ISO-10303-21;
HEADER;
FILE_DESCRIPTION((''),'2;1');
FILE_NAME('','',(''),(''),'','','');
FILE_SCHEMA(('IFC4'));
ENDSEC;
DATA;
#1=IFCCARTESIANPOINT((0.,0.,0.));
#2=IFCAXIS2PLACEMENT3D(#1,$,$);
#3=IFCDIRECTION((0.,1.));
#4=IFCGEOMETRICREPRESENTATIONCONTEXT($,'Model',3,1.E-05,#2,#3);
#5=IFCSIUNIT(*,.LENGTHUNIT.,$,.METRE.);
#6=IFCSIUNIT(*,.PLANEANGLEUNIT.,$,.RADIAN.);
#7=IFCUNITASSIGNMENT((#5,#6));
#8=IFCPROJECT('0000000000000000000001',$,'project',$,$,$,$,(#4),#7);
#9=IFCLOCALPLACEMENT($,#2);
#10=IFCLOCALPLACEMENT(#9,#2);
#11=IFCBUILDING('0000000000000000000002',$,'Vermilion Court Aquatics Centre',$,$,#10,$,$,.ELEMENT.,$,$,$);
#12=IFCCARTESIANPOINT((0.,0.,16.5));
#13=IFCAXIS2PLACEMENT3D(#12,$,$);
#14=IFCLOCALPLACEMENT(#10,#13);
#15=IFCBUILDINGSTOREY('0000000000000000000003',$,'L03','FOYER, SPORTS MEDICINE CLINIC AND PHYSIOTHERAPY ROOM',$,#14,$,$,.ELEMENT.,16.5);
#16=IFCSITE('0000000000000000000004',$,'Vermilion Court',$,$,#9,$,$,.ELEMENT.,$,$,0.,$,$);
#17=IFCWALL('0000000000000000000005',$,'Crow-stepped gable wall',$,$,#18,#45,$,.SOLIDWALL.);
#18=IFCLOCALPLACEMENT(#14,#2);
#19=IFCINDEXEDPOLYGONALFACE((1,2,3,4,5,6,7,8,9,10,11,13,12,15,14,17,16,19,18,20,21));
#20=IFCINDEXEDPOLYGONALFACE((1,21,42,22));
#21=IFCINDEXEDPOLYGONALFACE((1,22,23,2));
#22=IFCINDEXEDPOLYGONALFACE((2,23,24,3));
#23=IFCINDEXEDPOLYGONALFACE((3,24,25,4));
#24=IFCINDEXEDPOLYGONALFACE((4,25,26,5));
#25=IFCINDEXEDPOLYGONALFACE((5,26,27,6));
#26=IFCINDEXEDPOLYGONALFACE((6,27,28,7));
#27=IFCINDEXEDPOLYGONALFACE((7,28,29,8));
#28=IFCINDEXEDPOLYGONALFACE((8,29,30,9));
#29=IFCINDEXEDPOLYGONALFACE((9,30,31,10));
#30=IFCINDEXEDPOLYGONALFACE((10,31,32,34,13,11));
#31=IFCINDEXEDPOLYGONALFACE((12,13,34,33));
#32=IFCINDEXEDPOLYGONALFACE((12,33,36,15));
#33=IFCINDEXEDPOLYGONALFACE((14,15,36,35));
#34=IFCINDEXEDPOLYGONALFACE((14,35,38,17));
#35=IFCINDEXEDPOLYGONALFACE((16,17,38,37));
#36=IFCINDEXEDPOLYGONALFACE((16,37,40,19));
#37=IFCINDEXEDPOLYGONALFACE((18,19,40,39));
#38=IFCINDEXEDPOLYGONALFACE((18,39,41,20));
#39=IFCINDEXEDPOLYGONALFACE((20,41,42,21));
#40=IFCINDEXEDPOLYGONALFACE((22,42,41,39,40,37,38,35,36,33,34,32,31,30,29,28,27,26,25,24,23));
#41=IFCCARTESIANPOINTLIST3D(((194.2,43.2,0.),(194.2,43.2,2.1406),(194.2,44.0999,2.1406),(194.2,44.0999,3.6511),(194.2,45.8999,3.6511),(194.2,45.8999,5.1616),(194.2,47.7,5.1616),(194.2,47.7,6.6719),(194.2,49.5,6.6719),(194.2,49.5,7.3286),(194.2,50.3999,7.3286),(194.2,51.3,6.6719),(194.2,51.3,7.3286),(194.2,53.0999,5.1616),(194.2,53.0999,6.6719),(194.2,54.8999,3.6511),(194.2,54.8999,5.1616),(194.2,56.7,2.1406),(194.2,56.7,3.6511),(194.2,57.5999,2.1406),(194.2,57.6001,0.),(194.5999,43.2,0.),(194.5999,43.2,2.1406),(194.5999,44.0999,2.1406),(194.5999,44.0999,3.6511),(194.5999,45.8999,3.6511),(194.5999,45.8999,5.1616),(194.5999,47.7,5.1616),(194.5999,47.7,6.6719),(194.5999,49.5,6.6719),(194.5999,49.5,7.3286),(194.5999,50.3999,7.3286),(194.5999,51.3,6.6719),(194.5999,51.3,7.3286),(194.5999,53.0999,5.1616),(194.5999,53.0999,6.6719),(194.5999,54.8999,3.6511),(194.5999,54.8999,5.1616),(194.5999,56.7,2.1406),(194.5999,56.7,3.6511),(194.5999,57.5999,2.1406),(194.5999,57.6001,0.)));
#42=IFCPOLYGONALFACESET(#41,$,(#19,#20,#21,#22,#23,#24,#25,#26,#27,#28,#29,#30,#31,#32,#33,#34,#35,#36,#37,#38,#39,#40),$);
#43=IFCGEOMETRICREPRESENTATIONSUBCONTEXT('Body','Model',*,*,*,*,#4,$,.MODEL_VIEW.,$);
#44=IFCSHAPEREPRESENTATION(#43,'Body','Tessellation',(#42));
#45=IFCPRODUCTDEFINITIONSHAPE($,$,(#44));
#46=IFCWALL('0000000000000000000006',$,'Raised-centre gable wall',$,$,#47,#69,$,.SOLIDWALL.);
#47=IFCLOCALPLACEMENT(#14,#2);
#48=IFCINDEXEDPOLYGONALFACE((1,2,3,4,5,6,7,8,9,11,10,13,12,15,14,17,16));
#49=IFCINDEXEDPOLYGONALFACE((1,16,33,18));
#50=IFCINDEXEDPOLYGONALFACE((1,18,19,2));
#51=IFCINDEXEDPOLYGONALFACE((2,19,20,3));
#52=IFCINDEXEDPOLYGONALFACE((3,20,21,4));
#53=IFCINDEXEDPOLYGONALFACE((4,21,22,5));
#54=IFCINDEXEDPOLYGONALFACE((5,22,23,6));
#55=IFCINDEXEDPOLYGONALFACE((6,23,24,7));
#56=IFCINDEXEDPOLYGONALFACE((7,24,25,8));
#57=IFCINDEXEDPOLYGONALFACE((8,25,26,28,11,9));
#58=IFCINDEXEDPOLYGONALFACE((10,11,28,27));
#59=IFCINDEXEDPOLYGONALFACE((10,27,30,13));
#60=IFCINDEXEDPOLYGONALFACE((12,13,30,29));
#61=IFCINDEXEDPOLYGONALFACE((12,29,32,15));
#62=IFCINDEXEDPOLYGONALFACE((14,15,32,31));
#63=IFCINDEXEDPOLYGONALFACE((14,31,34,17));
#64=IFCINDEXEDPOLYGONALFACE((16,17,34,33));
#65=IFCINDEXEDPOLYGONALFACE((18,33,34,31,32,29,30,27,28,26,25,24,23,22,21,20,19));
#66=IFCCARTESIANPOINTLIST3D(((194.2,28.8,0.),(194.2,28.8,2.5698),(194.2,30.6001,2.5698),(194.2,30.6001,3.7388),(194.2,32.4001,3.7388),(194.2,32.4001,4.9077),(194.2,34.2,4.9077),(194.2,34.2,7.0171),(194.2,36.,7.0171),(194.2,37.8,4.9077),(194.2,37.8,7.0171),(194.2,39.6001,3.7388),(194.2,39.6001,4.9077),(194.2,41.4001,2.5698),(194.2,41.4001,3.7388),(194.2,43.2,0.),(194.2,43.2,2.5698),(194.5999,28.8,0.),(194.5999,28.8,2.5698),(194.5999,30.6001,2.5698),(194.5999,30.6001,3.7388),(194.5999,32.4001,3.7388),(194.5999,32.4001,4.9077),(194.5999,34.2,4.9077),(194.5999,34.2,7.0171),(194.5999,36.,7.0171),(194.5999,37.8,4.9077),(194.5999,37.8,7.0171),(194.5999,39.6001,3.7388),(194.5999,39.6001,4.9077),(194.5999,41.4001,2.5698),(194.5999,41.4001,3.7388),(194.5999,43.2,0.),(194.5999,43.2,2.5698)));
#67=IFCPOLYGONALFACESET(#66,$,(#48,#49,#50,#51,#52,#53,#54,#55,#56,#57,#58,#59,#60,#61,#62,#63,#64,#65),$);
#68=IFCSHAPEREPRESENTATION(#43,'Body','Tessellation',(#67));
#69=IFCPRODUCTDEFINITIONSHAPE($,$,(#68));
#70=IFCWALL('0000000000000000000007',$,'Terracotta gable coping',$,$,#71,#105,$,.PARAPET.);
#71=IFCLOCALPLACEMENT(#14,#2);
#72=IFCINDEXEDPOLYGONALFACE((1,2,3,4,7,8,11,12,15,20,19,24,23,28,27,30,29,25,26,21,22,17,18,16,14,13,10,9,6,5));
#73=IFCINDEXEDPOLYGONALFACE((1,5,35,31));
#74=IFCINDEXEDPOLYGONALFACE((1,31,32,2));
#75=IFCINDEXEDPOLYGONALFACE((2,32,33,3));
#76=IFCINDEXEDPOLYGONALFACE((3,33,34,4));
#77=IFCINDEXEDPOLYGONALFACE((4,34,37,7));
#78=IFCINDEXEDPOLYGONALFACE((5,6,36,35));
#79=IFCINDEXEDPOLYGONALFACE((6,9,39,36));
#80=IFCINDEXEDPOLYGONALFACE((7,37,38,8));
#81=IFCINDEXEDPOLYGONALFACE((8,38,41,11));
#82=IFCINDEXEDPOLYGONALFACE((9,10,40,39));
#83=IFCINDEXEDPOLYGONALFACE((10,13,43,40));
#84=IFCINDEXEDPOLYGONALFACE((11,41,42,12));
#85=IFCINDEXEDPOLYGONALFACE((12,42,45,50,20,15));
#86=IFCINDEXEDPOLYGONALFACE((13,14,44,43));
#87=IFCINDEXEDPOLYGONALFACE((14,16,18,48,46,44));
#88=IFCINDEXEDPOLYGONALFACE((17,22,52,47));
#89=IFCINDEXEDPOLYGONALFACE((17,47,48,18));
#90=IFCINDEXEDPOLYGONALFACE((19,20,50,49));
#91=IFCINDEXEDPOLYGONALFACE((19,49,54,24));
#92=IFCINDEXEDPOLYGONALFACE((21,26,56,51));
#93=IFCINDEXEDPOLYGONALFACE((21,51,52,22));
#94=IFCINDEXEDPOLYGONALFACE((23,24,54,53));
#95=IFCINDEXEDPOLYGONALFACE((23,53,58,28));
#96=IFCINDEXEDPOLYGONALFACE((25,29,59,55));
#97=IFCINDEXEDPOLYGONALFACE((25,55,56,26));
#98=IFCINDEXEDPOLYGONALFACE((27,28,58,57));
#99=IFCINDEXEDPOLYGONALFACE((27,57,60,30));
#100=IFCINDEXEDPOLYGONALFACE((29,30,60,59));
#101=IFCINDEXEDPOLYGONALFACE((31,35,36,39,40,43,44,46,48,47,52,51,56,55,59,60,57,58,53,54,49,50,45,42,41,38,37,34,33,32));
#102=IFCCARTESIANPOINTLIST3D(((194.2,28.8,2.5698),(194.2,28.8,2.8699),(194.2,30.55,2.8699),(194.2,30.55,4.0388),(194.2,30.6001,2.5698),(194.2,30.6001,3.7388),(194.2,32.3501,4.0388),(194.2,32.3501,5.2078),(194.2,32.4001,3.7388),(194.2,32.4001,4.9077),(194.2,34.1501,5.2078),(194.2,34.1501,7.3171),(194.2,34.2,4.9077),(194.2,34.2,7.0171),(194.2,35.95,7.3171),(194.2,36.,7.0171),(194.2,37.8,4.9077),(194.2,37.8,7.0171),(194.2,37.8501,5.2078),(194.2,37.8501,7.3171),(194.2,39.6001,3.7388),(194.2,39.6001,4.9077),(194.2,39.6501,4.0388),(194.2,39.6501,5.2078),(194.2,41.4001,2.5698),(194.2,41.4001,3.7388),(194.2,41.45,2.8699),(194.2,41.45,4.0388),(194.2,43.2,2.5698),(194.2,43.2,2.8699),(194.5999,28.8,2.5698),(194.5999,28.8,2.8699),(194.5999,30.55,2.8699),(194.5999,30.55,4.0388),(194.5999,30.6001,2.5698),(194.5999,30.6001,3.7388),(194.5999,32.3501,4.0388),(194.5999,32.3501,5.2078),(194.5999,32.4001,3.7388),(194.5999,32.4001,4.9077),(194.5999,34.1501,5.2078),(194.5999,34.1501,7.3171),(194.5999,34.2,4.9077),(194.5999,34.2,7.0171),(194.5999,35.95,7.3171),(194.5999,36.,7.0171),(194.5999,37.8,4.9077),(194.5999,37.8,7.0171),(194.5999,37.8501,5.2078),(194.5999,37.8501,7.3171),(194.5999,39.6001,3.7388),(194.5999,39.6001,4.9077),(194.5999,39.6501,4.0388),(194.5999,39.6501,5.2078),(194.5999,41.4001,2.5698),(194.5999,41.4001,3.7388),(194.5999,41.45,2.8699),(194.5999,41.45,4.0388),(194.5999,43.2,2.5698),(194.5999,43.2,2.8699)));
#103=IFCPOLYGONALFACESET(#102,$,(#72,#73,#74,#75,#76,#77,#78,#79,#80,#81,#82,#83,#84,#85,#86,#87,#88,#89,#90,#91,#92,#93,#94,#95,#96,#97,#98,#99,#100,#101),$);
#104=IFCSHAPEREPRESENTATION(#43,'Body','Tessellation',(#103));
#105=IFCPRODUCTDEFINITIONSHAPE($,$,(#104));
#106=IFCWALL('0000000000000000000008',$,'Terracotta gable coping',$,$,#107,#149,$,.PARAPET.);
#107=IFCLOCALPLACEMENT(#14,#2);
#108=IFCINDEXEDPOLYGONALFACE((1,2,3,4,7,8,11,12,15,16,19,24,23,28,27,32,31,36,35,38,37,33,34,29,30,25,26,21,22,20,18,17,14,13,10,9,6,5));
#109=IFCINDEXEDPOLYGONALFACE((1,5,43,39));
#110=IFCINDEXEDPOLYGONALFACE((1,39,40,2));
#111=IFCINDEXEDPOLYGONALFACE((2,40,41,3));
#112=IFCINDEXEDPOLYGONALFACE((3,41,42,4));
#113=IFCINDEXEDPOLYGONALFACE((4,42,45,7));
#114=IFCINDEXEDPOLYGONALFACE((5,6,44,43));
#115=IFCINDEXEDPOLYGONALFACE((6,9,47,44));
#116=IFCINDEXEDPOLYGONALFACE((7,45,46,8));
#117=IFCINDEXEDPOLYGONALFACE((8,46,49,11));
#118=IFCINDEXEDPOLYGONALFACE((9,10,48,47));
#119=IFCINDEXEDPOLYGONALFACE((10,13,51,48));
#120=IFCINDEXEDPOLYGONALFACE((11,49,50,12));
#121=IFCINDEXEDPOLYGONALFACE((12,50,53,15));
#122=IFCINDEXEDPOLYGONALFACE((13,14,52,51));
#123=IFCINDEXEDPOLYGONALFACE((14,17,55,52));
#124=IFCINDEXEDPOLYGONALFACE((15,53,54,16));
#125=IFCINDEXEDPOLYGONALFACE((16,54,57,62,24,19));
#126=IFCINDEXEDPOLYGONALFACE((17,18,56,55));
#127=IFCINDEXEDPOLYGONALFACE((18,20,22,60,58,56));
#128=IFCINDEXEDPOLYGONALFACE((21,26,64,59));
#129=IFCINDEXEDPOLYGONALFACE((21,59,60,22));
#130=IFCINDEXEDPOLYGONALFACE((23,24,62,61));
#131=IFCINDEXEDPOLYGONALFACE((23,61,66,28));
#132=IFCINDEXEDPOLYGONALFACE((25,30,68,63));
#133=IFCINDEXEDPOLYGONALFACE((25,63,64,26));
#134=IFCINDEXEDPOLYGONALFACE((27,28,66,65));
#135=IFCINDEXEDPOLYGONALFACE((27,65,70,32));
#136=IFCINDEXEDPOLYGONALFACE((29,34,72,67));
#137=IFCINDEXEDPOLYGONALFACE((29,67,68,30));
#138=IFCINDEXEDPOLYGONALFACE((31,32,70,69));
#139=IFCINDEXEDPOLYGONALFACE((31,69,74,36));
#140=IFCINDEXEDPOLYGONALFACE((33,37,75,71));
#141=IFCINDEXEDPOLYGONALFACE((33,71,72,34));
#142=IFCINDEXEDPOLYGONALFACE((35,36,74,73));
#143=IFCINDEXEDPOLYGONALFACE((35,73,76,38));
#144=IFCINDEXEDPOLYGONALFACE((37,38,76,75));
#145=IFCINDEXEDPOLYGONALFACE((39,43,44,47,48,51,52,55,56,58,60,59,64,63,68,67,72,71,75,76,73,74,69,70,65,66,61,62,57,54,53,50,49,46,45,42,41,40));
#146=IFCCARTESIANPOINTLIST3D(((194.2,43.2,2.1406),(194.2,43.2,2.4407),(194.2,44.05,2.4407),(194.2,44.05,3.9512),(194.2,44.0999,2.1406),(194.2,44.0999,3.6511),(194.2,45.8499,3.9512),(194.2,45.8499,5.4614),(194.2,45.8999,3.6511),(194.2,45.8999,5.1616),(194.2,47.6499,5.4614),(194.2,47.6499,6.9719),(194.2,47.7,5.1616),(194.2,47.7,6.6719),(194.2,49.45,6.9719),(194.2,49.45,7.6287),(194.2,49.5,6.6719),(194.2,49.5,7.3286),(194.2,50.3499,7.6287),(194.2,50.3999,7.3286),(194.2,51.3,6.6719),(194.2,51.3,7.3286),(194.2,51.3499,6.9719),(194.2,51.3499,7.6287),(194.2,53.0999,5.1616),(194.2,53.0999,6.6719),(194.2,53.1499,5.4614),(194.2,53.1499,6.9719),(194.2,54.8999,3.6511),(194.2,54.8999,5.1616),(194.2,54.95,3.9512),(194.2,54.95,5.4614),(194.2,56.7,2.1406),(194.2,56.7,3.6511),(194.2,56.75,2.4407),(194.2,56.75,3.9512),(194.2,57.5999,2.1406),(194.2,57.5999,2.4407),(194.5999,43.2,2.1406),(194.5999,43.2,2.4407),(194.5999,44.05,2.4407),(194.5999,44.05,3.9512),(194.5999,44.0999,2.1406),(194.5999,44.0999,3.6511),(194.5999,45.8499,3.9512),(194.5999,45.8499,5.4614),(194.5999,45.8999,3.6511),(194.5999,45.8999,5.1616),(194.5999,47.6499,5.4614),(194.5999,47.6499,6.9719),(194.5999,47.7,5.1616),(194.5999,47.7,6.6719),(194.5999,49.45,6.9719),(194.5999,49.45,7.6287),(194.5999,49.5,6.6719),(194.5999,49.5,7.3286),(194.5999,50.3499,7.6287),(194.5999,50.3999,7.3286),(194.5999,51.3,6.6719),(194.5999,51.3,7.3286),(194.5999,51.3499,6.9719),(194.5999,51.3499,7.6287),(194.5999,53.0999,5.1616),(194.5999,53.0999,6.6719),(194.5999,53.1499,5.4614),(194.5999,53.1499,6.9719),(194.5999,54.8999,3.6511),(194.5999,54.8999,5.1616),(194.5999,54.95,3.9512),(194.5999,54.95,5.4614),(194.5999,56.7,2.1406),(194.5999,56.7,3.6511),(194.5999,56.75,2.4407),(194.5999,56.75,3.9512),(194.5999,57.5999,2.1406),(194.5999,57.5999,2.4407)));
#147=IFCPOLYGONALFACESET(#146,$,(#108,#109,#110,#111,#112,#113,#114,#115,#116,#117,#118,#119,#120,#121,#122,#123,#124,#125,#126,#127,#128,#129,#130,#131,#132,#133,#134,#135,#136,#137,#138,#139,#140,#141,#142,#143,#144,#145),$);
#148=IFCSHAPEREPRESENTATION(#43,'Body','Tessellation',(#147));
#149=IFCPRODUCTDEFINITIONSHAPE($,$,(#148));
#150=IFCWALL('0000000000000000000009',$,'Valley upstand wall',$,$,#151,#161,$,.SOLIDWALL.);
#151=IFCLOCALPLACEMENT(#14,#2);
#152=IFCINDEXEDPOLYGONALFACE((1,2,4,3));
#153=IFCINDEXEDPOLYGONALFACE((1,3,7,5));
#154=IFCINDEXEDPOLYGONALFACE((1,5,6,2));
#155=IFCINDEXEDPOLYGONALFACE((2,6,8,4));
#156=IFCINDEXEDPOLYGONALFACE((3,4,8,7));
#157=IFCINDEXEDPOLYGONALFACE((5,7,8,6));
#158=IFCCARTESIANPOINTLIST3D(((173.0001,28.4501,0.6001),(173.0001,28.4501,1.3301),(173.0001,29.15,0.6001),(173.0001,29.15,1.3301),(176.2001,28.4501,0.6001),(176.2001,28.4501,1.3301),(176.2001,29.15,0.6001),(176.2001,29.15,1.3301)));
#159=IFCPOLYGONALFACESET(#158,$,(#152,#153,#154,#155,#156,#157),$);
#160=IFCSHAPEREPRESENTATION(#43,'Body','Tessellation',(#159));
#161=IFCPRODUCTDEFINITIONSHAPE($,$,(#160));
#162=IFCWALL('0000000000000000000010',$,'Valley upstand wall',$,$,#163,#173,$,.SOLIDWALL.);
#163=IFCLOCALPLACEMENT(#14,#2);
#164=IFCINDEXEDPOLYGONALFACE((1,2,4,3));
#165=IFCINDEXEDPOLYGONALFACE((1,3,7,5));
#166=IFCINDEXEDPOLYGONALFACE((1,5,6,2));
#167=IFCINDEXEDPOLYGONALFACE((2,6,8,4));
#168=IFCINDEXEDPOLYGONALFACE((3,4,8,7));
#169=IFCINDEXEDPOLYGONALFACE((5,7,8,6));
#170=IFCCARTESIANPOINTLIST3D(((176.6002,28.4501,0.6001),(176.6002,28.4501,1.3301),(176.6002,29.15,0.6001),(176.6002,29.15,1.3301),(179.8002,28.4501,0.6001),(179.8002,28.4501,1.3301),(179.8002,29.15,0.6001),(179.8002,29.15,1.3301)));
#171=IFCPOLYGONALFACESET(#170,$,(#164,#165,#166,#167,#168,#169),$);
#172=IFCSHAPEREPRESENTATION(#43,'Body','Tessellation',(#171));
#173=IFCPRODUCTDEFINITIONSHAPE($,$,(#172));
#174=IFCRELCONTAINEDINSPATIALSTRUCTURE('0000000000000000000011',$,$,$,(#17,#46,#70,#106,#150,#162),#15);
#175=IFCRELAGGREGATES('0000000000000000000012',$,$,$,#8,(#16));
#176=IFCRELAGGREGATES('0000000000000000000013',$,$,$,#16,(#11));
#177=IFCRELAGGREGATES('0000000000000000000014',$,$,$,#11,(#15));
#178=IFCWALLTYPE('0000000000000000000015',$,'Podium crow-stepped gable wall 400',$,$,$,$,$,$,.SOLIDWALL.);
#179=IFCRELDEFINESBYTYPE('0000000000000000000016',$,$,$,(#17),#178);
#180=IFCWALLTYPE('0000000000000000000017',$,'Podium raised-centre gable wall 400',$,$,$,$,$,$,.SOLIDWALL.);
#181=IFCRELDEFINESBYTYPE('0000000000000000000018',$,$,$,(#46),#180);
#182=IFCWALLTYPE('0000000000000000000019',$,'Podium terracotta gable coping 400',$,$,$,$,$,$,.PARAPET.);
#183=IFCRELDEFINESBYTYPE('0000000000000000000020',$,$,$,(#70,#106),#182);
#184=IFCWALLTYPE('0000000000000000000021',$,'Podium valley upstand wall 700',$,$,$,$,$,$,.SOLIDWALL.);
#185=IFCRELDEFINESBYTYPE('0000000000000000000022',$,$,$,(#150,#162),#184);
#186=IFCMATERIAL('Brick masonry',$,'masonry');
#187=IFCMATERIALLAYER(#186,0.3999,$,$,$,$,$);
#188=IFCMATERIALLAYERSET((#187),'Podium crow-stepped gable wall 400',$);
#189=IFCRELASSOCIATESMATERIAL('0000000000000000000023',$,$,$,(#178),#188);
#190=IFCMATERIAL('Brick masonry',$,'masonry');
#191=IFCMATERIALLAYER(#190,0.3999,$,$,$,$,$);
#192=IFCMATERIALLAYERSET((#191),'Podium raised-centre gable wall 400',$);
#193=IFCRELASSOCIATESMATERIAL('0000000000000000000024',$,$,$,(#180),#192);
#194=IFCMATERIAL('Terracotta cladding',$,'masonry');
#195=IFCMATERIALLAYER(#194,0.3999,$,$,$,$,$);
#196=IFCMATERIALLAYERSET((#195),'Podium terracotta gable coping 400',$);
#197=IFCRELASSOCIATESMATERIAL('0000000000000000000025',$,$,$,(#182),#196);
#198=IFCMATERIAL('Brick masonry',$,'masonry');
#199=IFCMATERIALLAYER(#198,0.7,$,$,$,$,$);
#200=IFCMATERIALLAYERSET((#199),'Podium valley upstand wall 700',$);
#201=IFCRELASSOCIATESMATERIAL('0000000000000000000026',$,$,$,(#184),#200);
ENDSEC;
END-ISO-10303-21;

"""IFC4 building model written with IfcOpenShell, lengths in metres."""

from ifc_helpers import new_model, si_unit, direction, frame, frame_2d, origin, place, context, subcontext, project, spatial, polyline, rectangle, outline, extrude, material, layer, layer_set, type_object, element, save


model = new_model("IFC4")

# Units and contexts
model_context = context("Model", 3, precision=1e-05, world=origin(), true_north=direction((0.0, 1.0)))
body_context = subcontext(model_context, "Body", "Model", "MODEL_VIEW")
ifc_project = project(units=[si_unit("LENGTHUNIT", "METRE"), si_unit("PLANEANGLEUNIT", "RADIAN")], contexts=[model_context])

# Site, building, storey
site_placement = place(None, origin())
site = spatial("IfcSite", under=ifc_project, at=site_placement, Name="Vermilion Court", CompositionType="ELEMENT", RefElevation=0.0)
building_placement = place(site_placement, origin())
building = spatial("IfcBuilding", under=site, at=building_placement, Name="Vermilion Court Aquatics Centre", CompositionType="ELEMENT")
storey_placement = place(building_placement, frame((0.0, 0.0, 16.5)))
storey = spatial("IfcBuildingStorey", under=building, at=storey_placement, Name="L03", Description="FOYER, SPORTS MEDICINE CLINIC AND PHYSIOTHERAPY ROOM", CompositionType="ELEMENT", Elevation=16.5)

# Walls
ifc_material_1 = material(Name="Brick masonry", Category="masonry")
ifc_layer_1 = layer(ifc_material_1, 0.3999)
ifc_layer_set_1 = layer_set([ifc_layer_1], Name="Podium crow-stepped gable wall 400")
wall_type_1 = type_object("IfcWallType", Name="Podium crow-stepped gable wall 400", PredefinedType="SOLIDWALL", material=ifc_layer_set_1)
wall_1_placement = place(storey_placement, frame((194.3999, 43.2, 0.0), z_axis=(0.0, 0.0, 1.0), x_axis=(0.0, 1.0, 0.0)))
element("IfcWall", 1, at=wall_1_placement, inside=storey, type_object=wall_type_1, Name="Crow-stepped gable wall", PredefinedType="SOLIDWALL", context=body_context, shape_type="SweptSolid", body=[
    extrude(outline(polyline([(0.0, 0.0), (14.4001, 0.0), (14.3999, 2.1406), (13.5, 2.1406), (13.5, 3.6511), (11.7, 3.6511), (11.7, 5.1616), (9.8999, 5.1616), (9.8999, 6.6719), (8.1001, 6.6719), (8.1001, 7.3286), (7.2, 7.3286), (7.2, 7.3286), (6.3, 7.3286), (6.3, 6.6719), (4.5, 6.6719), (4.5, 5.1616), (2.7, 5.1616), (2.7, 3.6511), (0.8999, 3.6511), (0.8999, 2.1406), (0.0, 2.1406), (0.0, 0.0)])), frame((0.0, 0.2, 0.0), z_axis=(0.0, -1.0, 0.0), x_axis=(1.0, 0.0, 0.0)), (0.0, 0.0, 1.0), 0.3999),
])
ifc_material_2 = material(Name="Brick masonry", Category="masonry")
ifc_layer_2 = layer(ifc_material_2, 0.3999)
ifc_layer_set_2 = layer_set([ifc_layer_2], Name="Podium raised-centre gable wall 400")
wall_type_2 = type_object("IfcWallType", Name="Podium raised-centre gable wall 400", PredefinedType="SOLIDWALL", material=ifc_layer_set_2)
wall_2_placement = place(storey_placement, frame((194.3999, 28.8, 0.0), z_axis=(0.0, 0.0, 1.0), x_axis=(0.0, 1.0, 0.0)))
element("IfcWall", 2, at=wall_2_placement, inside=storey, type_object=wall_type_2, Name="Raised-centre gable wall", PredefinedType="SOLIDWALL", context=body_context, shape_type="SweptSolid", body=[
    extrude(outline(polyline([(0.0, 0.0), (14.3999, 0.0), (14.3999, 2.5698), (12.6001, 2.5698), (12.6001, 3.7388), (10.8, 3.7388), (10.8, 4.9077), (9.0, 4.9077), (9.0, 7.0171), (7.2, 7.0171), (7.2, 7.0171), (5.3999, 7.0171), (5.3999, 4.9077), (3.6001, 4.9077), (3.6001, 3.7388), (1.8, 3.7388), (1.8, 2.5698), (0.0, 2.5698), (0.0, 0.0)])), frame((0.0, 0.2, 0.0), z_axis=(0.0, -1.0, 0.0), x_axis=(1.0, 0.0, 0.0)), (0.0, 0.0, 1.0), 0.3999),
])
ifc_material_3 = material(Name="Terracotta cladding", Category="masonry")
ifc_layer_3 = layer(ifc_material_3, 0.3999)
ifc_layer_set_3 = layer_set([ifc_layer_3], Name="Podium terracotta gable coping 400")
wall_type_3 = type_object("IfcWallType", Name="Podium terracotta gable coping 400", PredefinedType="PARAPET", material=ifc_layer_set_3)
wall_3_placement = place(storey_placement, frame((194.3999, 28.8, 0.0), z_axis=(0.0, 0.0, 1.0), x_axis=(0.0, 1.0, 0.0)))
element("IfcWall", 3, at=wall_3_placement, inside=storey, type_object=wall_type_3, Name="Terracotta gable coping", PredefinedType="PARAPET", context=body_context, shape_type="SweptSolid", body=[
    extrude(outline(polyline([(0.0, 2.5698), (1.8, 2.5698), (1.8, 3.7388), (3.6001, 3.7388), (3.6001, 4.9077), (5.3999, 4.9077), (5.3999, 7.0171), (7.2, 7.0171), (7.2, 7.0171), (9.0, 7.0171), (9.0, 4.9077), (10.8, 4.9077), (10.8, 3.7388), (12.6001, 3.7388), (12.6001, 2.5698), (14.3999, 2.5698), (14.3999, 2.8699), (12.6499, 2.8699), (12.6499, 4.0388), (10.8501, 4.0388), (10.8501, 5.2078), (9.05, 5.2078), (9.05, 7.3171), (7.1499, 7.3171), (7.1499, 7.3171), (5.3501, 7.3171), (5.3501, 5.2078), (3.55, 5.2078), (3.55, 4.0388), (1.75, 4.0388), (1.75, 2.8699), (0.0, 2.8699), (0.0, 2.5698)])), frame((0.0, 0.2, 0.0), z_axis=(0.0, -1.0, 0.0), x_axis=(1.0, 0.0, 0.0)), (0.0, 0.0, 1.0), 0.3999),
])
wall_4_placement = place(storey_placement, frame((194.3999, 43.2, 0.0), z_axis=(0.0, 0.0, 1.0), x_axis=(0.0, 1.0, 0.0)))
element("IfcWall", 4, at=wall_4_placement, inside=storey, type_object=wall_type_3, Name="Terracotta gable coping", PredefinedType="PARAPET", context=body_context, shape_type="SweptSolid", body=[
    extrude(outline(polyline([(0.0, 2.1406), (0.8999, 2.1406), (0.8999, 3.6511), (2.7, 3.6511), (2.7, 5.1616), (4.5, 5.1616), (4.5, 6.6719), (6.3, 6.6719), (6.3, 7.3286), (7.2, 7.3286), (7.2, 7.3286), (8.1001, 7.3286), (8.1001, 6.6719), (9.8999, 6.6719), (9.8999, 5.1616), (11.7, 5.1616), (11.7, 3.6511), (13.5, 3.6511), (13.5, 2.1406), (14.3999, 2.1406), (14.3999, 2.4407), (13.55, 2.4407), (13.55, 3.9512), (11.75, 3.9512), (11.75, 5.4614), (9.95, 5.4614), (9.95, 6.9719), (8.1499, 6.9719), (8.1499, 7.6287), (7.1499, 7.6287), (7.1499, 7.6287), (6.25, 7.6287), (6.25, 6.9719), (4.45, 6.9719), (4.45, 5.4614), (2.6499, 5.4614), (2.6499, 3.9512), (0.8501, 3.9512), (0.8501, 2.4407), (0.0, 2.4407), (0.0, 2.1406)])), frame((0.0, 0.2, 0.0), z_axis=(0.0, -1.0, 0.0), x_axis=(1.0, 0.0, 0.0)), (0.0, 0.0, 1.0), 0.3999),
])
ifc_material_4 = material(Name="Brick masonry", Category="masonry")
ifc_layer_4 = layer(ifc_material_4, 0.7)
ifc_layer_set_4 = layer_set([ifc_layer_4], Name="Podium valley upstand wall 700")
wall_type_4 = type_object("IfcWallType", Name="Podium valley upstand wall 700", PredefinedType="SOLIDWALL", material=ifc_layer_set_4)
for number, where, z_axis, x_axis, name in (
    (5, (173.0, 28.8, 0.6001), (0.0, 0.0, 1.0), (1.0, 0.0, 0.0), "Valley upstand wall"),
    (6, (176.6001, 28.8, 0.6001), (0.0, 0.0, 1.0), (1.0, 0.0, 0.0), "Valley upstand wall"),
):
    element("IfcWall", number, at=place(storey_placement, frame(where, z_axis=z_axis, x_axis=x_axis)), inside=storey, type_object=wall_type_4, Name=name, PredefinedType="SOLIDWALL", context=body_context, shape_type="SweptSolid", body=[
        extrude(rectangle(XDim=3.2, YDim=0.7, at=frame_2d((1.6001, 0.0))), origin(), (0.0, 0.0, 1.0), 0.73),
    ])

save(model, "model.ifc")
